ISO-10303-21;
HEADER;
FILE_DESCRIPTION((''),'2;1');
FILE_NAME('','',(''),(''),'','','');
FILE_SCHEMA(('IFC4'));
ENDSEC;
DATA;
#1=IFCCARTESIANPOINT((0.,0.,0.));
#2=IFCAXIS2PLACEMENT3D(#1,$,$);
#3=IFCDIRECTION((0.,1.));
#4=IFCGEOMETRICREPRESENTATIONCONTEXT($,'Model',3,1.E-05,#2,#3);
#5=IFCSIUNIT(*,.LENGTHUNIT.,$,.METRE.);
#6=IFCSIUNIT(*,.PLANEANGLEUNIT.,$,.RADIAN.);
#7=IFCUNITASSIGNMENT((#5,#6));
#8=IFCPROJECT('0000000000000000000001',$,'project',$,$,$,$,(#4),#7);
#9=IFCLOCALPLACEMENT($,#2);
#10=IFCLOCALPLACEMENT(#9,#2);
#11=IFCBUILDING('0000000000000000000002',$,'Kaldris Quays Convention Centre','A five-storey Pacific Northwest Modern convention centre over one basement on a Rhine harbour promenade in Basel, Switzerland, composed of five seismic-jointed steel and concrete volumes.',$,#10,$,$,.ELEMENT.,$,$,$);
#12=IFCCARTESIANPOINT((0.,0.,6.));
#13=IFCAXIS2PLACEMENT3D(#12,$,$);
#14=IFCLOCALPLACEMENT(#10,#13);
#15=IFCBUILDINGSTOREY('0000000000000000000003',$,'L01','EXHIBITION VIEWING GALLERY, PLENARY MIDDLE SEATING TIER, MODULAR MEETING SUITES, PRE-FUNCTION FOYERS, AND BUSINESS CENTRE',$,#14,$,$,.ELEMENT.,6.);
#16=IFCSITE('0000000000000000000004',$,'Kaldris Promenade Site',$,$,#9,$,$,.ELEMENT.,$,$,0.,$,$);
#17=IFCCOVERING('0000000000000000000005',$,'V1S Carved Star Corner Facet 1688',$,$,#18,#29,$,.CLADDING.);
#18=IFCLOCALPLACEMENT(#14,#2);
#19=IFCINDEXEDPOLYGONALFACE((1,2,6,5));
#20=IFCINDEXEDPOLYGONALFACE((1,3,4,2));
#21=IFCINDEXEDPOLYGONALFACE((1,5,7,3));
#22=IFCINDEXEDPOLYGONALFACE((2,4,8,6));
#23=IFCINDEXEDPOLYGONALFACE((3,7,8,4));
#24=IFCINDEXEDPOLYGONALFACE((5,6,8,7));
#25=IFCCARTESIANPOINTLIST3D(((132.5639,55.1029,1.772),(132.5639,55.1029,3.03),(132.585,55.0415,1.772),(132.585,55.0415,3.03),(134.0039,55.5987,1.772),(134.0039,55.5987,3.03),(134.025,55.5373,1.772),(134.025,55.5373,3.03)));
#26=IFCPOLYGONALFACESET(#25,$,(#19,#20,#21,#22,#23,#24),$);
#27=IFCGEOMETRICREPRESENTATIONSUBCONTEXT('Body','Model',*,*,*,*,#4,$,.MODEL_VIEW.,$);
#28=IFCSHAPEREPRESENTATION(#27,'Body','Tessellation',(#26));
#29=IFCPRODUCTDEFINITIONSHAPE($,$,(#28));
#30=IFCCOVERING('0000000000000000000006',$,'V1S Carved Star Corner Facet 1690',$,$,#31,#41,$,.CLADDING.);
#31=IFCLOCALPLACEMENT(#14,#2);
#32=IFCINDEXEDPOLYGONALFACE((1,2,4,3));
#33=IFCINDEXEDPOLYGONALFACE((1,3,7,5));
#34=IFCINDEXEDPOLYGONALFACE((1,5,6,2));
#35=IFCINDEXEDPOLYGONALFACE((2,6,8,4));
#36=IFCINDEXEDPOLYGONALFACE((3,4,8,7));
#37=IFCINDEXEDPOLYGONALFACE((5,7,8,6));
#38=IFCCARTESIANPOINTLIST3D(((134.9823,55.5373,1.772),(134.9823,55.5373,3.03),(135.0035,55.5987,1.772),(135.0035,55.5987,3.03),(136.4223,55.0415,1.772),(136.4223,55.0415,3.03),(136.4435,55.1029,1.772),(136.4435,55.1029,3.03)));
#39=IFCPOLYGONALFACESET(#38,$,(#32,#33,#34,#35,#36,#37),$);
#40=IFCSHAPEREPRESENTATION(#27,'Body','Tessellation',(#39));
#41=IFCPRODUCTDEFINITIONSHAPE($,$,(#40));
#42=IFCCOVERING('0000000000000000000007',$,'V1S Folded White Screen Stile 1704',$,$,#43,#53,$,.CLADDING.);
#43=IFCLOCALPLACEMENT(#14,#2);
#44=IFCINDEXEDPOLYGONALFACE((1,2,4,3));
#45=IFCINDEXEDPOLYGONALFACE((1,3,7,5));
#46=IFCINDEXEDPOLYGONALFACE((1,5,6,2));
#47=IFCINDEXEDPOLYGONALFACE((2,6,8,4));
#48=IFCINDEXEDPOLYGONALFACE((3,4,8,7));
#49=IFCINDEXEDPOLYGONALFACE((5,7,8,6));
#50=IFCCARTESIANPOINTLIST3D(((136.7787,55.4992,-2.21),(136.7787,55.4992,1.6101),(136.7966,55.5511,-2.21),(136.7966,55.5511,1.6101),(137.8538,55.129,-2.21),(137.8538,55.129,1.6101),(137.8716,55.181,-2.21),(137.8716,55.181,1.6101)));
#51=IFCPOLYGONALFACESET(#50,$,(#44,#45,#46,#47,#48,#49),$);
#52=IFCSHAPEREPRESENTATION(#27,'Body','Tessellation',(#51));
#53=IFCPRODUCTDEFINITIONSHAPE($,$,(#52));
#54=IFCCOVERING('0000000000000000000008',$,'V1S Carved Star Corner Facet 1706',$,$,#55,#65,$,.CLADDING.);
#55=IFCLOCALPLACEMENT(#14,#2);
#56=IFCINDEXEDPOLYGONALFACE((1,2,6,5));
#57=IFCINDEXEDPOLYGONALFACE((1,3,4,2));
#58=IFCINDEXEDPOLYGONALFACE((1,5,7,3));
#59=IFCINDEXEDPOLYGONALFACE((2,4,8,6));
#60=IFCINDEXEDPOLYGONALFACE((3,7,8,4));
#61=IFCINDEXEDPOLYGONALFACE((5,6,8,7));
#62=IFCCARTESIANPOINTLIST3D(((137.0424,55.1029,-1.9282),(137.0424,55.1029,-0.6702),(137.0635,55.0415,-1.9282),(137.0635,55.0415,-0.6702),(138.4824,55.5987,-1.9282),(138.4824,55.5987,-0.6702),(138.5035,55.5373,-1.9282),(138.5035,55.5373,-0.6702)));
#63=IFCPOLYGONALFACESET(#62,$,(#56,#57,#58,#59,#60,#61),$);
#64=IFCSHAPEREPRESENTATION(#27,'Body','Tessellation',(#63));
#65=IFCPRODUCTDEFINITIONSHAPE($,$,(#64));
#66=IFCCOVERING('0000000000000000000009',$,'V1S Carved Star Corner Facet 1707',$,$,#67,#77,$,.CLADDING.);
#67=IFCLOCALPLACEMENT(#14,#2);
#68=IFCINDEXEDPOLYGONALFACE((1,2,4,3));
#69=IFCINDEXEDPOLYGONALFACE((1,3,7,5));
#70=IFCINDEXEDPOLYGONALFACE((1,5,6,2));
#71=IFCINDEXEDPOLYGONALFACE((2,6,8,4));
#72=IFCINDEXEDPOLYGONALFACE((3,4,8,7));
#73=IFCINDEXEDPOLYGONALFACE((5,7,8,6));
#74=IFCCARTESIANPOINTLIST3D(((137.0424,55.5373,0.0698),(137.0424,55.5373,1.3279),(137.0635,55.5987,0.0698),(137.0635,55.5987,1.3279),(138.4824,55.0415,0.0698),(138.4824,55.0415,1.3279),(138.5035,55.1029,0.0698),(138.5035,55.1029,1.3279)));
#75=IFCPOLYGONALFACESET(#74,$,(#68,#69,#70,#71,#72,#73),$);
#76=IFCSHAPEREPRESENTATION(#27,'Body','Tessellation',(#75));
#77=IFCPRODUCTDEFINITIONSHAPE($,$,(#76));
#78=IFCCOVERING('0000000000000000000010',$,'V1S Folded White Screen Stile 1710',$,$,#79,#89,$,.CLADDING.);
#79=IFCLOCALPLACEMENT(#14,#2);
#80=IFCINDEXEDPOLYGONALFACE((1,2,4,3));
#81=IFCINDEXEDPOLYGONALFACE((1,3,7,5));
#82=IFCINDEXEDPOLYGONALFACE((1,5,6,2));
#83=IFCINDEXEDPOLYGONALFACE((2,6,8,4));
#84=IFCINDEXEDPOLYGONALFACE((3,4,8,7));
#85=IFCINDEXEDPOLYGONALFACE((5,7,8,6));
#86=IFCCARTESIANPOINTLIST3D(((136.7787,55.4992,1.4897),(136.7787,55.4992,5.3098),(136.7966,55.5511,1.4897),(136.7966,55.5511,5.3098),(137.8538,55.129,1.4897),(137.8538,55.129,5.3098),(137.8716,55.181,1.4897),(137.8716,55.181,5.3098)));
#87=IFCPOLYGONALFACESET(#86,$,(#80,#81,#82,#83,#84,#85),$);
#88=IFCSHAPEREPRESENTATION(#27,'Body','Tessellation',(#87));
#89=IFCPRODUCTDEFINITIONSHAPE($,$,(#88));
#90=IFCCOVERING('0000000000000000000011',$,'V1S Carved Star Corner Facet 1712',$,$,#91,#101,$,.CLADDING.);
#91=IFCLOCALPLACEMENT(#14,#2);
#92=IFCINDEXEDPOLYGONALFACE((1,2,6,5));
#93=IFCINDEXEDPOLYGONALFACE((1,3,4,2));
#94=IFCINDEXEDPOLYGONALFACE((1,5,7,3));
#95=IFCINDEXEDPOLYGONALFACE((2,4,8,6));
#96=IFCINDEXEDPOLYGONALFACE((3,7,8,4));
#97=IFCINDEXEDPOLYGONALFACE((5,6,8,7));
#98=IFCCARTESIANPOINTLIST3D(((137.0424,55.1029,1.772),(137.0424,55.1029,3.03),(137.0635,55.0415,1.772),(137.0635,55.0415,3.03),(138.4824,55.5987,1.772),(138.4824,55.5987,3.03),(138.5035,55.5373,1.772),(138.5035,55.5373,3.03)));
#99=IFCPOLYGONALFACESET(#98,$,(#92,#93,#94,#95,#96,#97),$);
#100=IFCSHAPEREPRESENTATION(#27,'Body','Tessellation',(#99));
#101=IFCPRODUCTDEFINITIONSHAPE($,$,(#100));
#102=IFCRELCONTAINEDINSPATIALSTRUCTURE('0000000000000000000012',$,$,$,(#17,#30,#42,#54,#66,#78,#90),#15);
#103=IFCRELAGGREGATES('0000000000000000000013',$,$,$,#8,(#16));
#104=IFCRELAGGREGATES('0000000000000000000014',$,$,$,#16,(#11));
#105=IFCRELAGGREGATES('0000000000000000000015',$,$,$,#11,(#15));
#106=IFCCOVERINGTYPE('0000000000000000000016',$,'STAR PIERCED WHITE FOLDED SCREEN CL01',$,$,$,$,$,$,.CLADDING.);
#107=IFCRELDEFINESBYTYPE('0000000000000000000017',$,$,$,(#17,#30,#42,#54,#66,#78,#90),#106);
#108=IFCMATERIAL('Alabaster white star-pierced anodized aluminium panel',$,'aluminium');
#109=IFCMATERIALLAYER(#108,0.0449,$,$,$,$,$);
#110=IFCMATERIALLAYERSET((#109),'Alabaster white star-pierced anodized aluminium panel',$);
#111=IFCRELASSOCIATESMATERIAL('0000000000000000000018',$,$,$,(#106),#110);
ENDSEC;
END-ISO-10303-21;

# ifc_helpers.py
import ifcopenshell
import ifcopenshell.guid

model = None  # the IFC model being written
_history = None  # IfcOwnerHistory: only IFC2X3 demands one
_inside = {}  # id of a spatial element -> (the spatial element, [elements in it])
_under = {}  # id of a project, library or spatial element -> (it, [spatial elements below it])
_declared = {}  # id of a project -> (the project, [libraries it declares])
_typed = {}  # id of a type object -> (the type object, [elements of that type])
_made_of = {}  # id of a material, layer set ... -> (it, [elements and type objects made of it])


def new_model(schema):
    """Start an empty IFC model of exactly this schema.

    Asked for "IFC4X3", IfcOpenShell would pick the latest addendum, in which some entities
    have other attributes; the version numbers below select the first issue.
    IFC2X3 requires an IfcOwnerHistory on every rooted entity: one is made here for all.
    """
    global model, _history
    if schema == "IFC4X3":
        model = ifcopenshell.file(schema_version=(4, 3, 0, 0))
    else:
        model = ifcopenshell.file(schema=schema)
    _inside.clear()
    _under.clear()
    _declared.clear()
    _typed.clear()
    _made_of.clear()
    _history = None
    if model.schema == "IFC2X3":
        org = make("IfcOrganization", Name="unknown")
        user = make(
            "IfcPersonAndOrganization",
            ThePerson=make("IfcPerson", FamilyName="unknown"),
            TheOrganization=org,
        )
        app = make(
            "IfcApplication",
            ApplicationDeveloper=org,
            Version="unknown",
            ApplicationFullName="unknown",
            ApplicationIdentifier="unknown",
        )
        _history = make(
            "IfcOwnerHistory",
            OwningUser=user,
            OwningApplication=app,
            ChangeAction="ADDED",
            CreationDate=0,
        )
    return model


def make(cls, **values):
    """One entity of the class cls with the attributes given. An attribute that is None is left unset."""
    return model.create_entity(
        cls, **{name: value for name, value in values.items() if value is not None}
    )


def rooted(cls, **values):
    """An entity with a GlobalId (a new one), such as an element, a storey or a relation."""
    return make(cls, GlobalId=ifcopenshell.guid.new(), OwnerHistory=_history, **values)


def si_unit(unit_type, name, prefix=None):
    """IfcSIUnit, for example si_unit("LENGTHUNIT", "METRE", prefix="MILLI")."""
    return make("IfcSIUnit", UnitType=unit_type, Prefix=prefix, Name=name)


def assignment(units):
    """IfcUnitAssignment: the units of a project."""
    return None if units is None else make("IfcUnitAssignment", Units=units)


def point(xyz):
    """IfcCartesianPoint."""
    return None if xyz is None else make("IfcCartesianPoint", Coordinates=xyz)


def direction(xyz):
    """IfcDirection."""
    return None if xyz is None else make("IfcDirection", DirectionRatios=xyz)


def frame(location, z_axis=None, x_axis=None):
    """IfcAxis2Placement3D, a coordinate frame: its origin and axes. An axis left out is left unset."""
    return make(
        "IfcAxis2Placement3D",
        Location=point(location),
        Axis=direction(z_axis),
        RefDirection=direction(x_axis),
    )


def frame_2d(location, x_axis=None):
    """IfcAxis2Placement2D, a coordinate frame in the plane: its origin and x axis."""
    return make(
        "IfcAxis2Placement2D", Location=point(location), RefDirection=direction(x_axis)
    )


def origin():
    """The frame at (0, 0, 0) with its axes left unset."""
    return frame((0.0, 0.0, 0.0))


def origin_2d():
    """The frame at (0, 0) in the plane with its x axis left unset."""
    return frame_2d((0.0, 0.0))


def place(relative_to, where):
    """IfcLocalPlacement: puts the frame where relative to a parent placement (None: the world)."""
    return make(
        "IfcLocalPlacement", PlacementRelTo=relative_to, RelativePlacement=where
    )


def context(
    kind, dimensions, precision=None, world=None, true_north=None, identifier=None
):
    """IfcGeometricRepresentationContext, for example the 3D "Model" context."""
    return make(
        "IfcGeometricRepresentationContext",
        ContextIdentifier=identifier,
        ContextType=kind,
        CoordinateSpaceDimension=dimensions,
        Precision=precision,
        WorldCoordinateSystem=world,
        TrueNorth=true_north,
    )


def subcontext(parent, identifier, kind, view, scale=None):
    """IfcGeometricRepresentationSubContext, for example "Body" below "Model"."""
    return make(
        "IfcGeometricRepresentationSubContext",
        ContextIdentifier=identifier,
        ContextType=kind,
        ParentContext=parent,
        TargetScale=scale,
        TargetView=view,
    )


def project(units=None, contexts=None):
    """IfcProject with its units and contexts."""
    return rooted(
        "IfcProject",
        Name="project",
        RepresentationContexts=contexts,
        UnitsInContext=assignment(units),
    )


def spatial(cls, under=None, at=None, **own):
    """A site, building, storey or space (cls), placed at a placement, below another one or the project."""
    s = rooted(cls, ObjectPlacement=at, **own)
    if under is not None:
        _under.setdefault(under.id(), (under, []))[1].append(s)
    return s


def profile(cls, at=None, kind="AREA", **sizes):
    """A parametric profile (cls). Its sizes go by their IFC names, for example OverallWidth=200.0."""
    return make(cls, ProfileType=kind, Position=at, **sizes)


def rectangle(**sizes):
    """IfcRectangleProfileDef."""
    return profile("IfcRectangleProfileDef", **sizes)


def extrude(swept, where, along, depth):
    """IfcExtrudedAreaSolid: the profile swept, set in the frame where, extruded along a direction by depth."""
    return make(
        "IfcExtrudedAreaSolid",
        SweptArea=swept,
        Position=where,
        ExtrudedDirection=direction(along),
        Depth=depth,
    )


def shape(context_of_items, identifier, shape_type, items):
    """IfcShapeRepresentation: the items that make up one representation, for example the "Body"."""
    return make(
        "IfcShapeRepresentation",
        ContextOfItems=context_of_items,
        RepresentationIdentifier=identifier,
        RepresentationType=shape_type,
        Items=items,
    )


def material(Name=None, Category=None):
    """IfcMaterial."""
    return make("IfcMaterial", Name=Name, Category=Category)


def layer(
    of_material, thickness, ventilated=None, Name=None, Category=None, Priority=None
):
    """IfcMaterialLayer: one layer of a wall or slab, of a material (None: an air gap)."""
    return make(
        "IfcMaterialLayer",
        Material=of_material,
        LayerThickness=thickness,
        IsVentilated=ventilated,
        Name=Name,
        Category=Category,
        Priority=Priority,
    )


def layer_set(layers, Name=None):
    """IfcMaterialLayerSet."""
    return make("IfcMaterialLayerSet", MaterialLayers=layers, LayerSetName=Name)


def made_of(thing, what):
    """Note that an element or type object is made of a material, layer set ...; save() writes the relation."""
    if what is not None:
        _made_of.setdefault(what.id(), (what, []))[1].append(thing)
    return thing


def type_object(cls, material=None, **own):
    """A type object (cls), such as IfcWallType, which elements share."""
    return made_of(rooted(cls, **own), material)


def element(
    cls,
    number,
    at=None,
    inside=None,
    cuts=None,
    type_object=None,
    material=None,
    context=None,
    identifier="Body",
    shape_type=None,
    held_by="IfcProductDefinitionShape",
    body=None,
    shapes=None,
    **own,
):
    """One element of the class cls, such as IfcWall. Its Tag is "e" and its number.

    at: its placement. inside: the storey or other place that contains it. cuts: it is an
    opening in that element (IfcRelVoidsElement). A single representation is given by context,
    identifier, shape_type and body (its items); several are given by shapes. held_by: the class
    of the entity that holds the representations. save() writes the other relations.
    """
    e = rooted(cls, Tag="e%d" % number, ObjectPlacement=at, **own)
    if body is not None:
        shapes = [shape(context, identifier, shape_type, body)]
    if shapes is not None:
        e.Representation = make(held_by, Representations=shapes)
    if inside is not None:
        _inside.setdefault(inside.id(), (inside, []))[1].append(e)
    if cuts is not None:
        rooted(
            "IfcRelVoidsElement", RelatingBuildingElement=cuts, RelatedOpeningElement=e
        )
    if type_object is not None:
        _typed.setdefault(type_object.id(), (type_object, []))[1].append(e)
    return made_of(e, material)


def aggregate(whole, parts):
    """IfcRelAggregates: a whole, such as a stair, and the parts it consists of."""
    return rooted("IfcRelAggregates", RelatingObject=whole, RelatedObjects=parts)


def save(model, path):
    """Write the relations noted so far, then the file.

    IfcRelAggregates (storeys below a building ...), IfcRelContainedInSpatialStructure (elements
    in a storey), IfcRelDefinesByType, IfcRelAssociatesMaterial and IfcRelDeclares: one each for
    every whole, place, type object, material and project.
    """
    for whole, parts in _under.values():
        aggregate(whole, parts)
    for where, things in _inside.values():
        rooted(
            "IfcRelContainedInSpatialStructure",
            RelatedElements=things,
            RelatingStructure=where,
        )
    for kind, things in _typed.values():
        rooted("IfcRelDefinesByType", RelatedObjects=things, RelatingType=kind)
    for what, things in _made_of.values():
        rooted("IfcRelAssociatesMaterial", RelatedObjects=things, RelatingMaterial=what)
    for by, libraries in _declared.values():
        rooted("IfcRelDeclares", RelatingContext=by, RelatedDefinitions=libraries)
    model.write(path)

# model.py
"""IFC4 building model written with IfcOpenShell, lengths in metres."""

from ifc_helpers import new_model, si_unit, direction, frame, origin, origin_2d, place, context, subcontext, project, spatial, rectangle, extrude, material, layer, layer_set, type_object, element, save


model = new_model("IFC4")

# Units and contexts
model_context = context("Model", 3, precision=1e-05, world=origin(), true_north=direction((0.0, 1.0)))
body_context = subcontext(model_context, "Body", "Model", "MODEL_VIEW")
ifc_project = project(units=[si_unit("LENGTHUNIT", "METRE"), si_unit("PLANEANGLEUNIT", "RADIAN")], contexts=[model_context])

# Site, building, storey
site_placement = place(None, origin())
site = spatial("IfcSite", under=ifc_project, at=site_placement, Name="Kaldris Promenade Site", CompositionType="ELEMENT", RefElevation=0.0)
building_placement = place(site_placement, origin())
building = spatial("IfcBuilding", under=site, at=building_placement, Name="Kaldris Quays Convention Centre", Description="A five-storey Pacific Northwest Modern convention centre over one basement on a Rhine harbour promenade in Basel, Switzerland, composed of five seismic-jointed steel and concrete volumes.", CompositionType="ELEMENT")
storey_placement = place(building_placement, frame((0.0, 0.0, 6.0)))
storey = spatial("IfcBuildingStorey", under=building, at=storey_placement, Name="L01", Description="EXHIBITION VIEWING GALLERY, PLENARY MIDDLE SEATING TIER, MODULAR MEETING SUITES, PRE-FUNCTION FOYERS, AND BUSINESS CENTRE", CompositionType="ELEMENT", Elevation=6.0)

# Coverings
ifc_material = material(Name="Alabaster white star-pierced anodized aluminium panel", Category="aluminium")
ifc_layer = layer(ifc_material, 0.0449)
ifc_layer_set = layer_set([ifc_layer], Name="Alabaster white star-pierced anodized aluminium panel")
covering_type = type_object("IfcCoveringType", Name="STAR PIERCED WHITE FOLDED SCREEN CL01", PredefinedType="CLADDING", material=ifc_layer_set)
for number, where, z_axis, x_axis, name in (
    (1, (133.2944, 55.3201, 1.772), (0.0, 0.0, 1.0), (0.945519, 0.325568, 0.0), "V1S Carved Star Corner Facet 1688"),
    (2, (135.7129, 55.3201, 1.772), (0.0, 0.0, 1.0), (0.945519, -0.325568, 0.0), "V1S Carved Star Corner Facet 1690"),
):
    element("IfcCovering", number, at=place(storey_placement, frame(where, z_axis=z_axis, x_axis=x_axis)), inside=storey, type_object=covering_type, Name=name, PredefinedType="CLADDING", context=body_context, shape_type="SweptSolid", body=[
        extrude(rectangle(XDim=1.5229, YDim=0.0649, at=origin_2d()), origin(), (0.0, 0.0, 1.0), 1.2581),
    ])
covering_1_placement = place(storey_placement, frame((137.3252, 55.3401, -2.21), z_axis=(0.0, 0.0, 1.0), x_axis=(0.945519, -0.325568, 0.0)))
element("IfcCovering", 3, at=covering_1_placement, inside=storey, type_object=covering_type, Name="V1S Folded White Screen Stile 1704", PredefinedType="CLADDING", context=body_context, shape_type="SweptSolid", body=[
    extrude(rectangle(XDim=1.137, YDim=0.0549, at=origin_2d()), origin(), (0.0, 0.0, 1.0), 3.8201),
])
for number, where, z_axis, x_axis, name in (
    (4, (137.7729, 55.3201, -1.9282), (0.0, 0.0, 1.0), (0.945519, 0.325568, 0.0), "V1S Carved Star Corner Facet 1706"),
    (5, (137.7729, 55.3201, 0.0698), (0.0, 0.0, 1.0), (0.945519, -0.325568, 0.0), "V1S Carved Star Corner Facet 1707"),
):
    element("IfcCovering", number, at=place(storey_placement, frame(where, z_axis=z_axis, x_axis=x_axis)), inside=storey, type_object=covering_type, Name=name, PredefinedType="CLADDING", context=body_context, shape_type="SweptSolid", body=[
        extrude(rectangle(XDim=1.5229, YDim=0.0649, at=origin_2d()), origin(), (0.0, 0.0, 1.0), 1.2581),
    ])
covering_2_placement = place(storey_placement, frame((137.3252, 55.3401, 1.4897), z_axis=(0.0, 0.0, 1.0), x_axis=(0.945519, -0.325568, 0.0)))
element("IfcCovering", 6, at=covering_2_placement, inside=storey, type_object=covering_type, Name="V1S Folded White Screen Stile 1710", PredefinedType="CLADDING", context=body_context, shape_type="SweptSolid", body=[
    extrude(rectangle(XDim=1.137, YDim=0.0549, at=origin_2d()), origin(), (0.0, 0.0, 1.0), 3.8201),
])
covering_3_placement = place(storey_placement, frame((137.7729, 55.3201, 1.772), z_axis=(0.0, 0.0, 1.0), x_axis=(0.945519, 0.325568, 0.0)))
element("IfcCovering", 7, at=covering_3_placement, inside=storey, type_object=covering_type, Name="V1S Carved Star Corner Facet 1712", PredefinedType="CLADDING", context=body_context, shape_type="SweptSolid", body=[
    extrude(rectangle(XDim=1.5229, YDim=0.0649, at=origin_2d()), origin(), (0.0, 0.0, 1.0), 1.2581),
])

save(model, "model.ifc")
